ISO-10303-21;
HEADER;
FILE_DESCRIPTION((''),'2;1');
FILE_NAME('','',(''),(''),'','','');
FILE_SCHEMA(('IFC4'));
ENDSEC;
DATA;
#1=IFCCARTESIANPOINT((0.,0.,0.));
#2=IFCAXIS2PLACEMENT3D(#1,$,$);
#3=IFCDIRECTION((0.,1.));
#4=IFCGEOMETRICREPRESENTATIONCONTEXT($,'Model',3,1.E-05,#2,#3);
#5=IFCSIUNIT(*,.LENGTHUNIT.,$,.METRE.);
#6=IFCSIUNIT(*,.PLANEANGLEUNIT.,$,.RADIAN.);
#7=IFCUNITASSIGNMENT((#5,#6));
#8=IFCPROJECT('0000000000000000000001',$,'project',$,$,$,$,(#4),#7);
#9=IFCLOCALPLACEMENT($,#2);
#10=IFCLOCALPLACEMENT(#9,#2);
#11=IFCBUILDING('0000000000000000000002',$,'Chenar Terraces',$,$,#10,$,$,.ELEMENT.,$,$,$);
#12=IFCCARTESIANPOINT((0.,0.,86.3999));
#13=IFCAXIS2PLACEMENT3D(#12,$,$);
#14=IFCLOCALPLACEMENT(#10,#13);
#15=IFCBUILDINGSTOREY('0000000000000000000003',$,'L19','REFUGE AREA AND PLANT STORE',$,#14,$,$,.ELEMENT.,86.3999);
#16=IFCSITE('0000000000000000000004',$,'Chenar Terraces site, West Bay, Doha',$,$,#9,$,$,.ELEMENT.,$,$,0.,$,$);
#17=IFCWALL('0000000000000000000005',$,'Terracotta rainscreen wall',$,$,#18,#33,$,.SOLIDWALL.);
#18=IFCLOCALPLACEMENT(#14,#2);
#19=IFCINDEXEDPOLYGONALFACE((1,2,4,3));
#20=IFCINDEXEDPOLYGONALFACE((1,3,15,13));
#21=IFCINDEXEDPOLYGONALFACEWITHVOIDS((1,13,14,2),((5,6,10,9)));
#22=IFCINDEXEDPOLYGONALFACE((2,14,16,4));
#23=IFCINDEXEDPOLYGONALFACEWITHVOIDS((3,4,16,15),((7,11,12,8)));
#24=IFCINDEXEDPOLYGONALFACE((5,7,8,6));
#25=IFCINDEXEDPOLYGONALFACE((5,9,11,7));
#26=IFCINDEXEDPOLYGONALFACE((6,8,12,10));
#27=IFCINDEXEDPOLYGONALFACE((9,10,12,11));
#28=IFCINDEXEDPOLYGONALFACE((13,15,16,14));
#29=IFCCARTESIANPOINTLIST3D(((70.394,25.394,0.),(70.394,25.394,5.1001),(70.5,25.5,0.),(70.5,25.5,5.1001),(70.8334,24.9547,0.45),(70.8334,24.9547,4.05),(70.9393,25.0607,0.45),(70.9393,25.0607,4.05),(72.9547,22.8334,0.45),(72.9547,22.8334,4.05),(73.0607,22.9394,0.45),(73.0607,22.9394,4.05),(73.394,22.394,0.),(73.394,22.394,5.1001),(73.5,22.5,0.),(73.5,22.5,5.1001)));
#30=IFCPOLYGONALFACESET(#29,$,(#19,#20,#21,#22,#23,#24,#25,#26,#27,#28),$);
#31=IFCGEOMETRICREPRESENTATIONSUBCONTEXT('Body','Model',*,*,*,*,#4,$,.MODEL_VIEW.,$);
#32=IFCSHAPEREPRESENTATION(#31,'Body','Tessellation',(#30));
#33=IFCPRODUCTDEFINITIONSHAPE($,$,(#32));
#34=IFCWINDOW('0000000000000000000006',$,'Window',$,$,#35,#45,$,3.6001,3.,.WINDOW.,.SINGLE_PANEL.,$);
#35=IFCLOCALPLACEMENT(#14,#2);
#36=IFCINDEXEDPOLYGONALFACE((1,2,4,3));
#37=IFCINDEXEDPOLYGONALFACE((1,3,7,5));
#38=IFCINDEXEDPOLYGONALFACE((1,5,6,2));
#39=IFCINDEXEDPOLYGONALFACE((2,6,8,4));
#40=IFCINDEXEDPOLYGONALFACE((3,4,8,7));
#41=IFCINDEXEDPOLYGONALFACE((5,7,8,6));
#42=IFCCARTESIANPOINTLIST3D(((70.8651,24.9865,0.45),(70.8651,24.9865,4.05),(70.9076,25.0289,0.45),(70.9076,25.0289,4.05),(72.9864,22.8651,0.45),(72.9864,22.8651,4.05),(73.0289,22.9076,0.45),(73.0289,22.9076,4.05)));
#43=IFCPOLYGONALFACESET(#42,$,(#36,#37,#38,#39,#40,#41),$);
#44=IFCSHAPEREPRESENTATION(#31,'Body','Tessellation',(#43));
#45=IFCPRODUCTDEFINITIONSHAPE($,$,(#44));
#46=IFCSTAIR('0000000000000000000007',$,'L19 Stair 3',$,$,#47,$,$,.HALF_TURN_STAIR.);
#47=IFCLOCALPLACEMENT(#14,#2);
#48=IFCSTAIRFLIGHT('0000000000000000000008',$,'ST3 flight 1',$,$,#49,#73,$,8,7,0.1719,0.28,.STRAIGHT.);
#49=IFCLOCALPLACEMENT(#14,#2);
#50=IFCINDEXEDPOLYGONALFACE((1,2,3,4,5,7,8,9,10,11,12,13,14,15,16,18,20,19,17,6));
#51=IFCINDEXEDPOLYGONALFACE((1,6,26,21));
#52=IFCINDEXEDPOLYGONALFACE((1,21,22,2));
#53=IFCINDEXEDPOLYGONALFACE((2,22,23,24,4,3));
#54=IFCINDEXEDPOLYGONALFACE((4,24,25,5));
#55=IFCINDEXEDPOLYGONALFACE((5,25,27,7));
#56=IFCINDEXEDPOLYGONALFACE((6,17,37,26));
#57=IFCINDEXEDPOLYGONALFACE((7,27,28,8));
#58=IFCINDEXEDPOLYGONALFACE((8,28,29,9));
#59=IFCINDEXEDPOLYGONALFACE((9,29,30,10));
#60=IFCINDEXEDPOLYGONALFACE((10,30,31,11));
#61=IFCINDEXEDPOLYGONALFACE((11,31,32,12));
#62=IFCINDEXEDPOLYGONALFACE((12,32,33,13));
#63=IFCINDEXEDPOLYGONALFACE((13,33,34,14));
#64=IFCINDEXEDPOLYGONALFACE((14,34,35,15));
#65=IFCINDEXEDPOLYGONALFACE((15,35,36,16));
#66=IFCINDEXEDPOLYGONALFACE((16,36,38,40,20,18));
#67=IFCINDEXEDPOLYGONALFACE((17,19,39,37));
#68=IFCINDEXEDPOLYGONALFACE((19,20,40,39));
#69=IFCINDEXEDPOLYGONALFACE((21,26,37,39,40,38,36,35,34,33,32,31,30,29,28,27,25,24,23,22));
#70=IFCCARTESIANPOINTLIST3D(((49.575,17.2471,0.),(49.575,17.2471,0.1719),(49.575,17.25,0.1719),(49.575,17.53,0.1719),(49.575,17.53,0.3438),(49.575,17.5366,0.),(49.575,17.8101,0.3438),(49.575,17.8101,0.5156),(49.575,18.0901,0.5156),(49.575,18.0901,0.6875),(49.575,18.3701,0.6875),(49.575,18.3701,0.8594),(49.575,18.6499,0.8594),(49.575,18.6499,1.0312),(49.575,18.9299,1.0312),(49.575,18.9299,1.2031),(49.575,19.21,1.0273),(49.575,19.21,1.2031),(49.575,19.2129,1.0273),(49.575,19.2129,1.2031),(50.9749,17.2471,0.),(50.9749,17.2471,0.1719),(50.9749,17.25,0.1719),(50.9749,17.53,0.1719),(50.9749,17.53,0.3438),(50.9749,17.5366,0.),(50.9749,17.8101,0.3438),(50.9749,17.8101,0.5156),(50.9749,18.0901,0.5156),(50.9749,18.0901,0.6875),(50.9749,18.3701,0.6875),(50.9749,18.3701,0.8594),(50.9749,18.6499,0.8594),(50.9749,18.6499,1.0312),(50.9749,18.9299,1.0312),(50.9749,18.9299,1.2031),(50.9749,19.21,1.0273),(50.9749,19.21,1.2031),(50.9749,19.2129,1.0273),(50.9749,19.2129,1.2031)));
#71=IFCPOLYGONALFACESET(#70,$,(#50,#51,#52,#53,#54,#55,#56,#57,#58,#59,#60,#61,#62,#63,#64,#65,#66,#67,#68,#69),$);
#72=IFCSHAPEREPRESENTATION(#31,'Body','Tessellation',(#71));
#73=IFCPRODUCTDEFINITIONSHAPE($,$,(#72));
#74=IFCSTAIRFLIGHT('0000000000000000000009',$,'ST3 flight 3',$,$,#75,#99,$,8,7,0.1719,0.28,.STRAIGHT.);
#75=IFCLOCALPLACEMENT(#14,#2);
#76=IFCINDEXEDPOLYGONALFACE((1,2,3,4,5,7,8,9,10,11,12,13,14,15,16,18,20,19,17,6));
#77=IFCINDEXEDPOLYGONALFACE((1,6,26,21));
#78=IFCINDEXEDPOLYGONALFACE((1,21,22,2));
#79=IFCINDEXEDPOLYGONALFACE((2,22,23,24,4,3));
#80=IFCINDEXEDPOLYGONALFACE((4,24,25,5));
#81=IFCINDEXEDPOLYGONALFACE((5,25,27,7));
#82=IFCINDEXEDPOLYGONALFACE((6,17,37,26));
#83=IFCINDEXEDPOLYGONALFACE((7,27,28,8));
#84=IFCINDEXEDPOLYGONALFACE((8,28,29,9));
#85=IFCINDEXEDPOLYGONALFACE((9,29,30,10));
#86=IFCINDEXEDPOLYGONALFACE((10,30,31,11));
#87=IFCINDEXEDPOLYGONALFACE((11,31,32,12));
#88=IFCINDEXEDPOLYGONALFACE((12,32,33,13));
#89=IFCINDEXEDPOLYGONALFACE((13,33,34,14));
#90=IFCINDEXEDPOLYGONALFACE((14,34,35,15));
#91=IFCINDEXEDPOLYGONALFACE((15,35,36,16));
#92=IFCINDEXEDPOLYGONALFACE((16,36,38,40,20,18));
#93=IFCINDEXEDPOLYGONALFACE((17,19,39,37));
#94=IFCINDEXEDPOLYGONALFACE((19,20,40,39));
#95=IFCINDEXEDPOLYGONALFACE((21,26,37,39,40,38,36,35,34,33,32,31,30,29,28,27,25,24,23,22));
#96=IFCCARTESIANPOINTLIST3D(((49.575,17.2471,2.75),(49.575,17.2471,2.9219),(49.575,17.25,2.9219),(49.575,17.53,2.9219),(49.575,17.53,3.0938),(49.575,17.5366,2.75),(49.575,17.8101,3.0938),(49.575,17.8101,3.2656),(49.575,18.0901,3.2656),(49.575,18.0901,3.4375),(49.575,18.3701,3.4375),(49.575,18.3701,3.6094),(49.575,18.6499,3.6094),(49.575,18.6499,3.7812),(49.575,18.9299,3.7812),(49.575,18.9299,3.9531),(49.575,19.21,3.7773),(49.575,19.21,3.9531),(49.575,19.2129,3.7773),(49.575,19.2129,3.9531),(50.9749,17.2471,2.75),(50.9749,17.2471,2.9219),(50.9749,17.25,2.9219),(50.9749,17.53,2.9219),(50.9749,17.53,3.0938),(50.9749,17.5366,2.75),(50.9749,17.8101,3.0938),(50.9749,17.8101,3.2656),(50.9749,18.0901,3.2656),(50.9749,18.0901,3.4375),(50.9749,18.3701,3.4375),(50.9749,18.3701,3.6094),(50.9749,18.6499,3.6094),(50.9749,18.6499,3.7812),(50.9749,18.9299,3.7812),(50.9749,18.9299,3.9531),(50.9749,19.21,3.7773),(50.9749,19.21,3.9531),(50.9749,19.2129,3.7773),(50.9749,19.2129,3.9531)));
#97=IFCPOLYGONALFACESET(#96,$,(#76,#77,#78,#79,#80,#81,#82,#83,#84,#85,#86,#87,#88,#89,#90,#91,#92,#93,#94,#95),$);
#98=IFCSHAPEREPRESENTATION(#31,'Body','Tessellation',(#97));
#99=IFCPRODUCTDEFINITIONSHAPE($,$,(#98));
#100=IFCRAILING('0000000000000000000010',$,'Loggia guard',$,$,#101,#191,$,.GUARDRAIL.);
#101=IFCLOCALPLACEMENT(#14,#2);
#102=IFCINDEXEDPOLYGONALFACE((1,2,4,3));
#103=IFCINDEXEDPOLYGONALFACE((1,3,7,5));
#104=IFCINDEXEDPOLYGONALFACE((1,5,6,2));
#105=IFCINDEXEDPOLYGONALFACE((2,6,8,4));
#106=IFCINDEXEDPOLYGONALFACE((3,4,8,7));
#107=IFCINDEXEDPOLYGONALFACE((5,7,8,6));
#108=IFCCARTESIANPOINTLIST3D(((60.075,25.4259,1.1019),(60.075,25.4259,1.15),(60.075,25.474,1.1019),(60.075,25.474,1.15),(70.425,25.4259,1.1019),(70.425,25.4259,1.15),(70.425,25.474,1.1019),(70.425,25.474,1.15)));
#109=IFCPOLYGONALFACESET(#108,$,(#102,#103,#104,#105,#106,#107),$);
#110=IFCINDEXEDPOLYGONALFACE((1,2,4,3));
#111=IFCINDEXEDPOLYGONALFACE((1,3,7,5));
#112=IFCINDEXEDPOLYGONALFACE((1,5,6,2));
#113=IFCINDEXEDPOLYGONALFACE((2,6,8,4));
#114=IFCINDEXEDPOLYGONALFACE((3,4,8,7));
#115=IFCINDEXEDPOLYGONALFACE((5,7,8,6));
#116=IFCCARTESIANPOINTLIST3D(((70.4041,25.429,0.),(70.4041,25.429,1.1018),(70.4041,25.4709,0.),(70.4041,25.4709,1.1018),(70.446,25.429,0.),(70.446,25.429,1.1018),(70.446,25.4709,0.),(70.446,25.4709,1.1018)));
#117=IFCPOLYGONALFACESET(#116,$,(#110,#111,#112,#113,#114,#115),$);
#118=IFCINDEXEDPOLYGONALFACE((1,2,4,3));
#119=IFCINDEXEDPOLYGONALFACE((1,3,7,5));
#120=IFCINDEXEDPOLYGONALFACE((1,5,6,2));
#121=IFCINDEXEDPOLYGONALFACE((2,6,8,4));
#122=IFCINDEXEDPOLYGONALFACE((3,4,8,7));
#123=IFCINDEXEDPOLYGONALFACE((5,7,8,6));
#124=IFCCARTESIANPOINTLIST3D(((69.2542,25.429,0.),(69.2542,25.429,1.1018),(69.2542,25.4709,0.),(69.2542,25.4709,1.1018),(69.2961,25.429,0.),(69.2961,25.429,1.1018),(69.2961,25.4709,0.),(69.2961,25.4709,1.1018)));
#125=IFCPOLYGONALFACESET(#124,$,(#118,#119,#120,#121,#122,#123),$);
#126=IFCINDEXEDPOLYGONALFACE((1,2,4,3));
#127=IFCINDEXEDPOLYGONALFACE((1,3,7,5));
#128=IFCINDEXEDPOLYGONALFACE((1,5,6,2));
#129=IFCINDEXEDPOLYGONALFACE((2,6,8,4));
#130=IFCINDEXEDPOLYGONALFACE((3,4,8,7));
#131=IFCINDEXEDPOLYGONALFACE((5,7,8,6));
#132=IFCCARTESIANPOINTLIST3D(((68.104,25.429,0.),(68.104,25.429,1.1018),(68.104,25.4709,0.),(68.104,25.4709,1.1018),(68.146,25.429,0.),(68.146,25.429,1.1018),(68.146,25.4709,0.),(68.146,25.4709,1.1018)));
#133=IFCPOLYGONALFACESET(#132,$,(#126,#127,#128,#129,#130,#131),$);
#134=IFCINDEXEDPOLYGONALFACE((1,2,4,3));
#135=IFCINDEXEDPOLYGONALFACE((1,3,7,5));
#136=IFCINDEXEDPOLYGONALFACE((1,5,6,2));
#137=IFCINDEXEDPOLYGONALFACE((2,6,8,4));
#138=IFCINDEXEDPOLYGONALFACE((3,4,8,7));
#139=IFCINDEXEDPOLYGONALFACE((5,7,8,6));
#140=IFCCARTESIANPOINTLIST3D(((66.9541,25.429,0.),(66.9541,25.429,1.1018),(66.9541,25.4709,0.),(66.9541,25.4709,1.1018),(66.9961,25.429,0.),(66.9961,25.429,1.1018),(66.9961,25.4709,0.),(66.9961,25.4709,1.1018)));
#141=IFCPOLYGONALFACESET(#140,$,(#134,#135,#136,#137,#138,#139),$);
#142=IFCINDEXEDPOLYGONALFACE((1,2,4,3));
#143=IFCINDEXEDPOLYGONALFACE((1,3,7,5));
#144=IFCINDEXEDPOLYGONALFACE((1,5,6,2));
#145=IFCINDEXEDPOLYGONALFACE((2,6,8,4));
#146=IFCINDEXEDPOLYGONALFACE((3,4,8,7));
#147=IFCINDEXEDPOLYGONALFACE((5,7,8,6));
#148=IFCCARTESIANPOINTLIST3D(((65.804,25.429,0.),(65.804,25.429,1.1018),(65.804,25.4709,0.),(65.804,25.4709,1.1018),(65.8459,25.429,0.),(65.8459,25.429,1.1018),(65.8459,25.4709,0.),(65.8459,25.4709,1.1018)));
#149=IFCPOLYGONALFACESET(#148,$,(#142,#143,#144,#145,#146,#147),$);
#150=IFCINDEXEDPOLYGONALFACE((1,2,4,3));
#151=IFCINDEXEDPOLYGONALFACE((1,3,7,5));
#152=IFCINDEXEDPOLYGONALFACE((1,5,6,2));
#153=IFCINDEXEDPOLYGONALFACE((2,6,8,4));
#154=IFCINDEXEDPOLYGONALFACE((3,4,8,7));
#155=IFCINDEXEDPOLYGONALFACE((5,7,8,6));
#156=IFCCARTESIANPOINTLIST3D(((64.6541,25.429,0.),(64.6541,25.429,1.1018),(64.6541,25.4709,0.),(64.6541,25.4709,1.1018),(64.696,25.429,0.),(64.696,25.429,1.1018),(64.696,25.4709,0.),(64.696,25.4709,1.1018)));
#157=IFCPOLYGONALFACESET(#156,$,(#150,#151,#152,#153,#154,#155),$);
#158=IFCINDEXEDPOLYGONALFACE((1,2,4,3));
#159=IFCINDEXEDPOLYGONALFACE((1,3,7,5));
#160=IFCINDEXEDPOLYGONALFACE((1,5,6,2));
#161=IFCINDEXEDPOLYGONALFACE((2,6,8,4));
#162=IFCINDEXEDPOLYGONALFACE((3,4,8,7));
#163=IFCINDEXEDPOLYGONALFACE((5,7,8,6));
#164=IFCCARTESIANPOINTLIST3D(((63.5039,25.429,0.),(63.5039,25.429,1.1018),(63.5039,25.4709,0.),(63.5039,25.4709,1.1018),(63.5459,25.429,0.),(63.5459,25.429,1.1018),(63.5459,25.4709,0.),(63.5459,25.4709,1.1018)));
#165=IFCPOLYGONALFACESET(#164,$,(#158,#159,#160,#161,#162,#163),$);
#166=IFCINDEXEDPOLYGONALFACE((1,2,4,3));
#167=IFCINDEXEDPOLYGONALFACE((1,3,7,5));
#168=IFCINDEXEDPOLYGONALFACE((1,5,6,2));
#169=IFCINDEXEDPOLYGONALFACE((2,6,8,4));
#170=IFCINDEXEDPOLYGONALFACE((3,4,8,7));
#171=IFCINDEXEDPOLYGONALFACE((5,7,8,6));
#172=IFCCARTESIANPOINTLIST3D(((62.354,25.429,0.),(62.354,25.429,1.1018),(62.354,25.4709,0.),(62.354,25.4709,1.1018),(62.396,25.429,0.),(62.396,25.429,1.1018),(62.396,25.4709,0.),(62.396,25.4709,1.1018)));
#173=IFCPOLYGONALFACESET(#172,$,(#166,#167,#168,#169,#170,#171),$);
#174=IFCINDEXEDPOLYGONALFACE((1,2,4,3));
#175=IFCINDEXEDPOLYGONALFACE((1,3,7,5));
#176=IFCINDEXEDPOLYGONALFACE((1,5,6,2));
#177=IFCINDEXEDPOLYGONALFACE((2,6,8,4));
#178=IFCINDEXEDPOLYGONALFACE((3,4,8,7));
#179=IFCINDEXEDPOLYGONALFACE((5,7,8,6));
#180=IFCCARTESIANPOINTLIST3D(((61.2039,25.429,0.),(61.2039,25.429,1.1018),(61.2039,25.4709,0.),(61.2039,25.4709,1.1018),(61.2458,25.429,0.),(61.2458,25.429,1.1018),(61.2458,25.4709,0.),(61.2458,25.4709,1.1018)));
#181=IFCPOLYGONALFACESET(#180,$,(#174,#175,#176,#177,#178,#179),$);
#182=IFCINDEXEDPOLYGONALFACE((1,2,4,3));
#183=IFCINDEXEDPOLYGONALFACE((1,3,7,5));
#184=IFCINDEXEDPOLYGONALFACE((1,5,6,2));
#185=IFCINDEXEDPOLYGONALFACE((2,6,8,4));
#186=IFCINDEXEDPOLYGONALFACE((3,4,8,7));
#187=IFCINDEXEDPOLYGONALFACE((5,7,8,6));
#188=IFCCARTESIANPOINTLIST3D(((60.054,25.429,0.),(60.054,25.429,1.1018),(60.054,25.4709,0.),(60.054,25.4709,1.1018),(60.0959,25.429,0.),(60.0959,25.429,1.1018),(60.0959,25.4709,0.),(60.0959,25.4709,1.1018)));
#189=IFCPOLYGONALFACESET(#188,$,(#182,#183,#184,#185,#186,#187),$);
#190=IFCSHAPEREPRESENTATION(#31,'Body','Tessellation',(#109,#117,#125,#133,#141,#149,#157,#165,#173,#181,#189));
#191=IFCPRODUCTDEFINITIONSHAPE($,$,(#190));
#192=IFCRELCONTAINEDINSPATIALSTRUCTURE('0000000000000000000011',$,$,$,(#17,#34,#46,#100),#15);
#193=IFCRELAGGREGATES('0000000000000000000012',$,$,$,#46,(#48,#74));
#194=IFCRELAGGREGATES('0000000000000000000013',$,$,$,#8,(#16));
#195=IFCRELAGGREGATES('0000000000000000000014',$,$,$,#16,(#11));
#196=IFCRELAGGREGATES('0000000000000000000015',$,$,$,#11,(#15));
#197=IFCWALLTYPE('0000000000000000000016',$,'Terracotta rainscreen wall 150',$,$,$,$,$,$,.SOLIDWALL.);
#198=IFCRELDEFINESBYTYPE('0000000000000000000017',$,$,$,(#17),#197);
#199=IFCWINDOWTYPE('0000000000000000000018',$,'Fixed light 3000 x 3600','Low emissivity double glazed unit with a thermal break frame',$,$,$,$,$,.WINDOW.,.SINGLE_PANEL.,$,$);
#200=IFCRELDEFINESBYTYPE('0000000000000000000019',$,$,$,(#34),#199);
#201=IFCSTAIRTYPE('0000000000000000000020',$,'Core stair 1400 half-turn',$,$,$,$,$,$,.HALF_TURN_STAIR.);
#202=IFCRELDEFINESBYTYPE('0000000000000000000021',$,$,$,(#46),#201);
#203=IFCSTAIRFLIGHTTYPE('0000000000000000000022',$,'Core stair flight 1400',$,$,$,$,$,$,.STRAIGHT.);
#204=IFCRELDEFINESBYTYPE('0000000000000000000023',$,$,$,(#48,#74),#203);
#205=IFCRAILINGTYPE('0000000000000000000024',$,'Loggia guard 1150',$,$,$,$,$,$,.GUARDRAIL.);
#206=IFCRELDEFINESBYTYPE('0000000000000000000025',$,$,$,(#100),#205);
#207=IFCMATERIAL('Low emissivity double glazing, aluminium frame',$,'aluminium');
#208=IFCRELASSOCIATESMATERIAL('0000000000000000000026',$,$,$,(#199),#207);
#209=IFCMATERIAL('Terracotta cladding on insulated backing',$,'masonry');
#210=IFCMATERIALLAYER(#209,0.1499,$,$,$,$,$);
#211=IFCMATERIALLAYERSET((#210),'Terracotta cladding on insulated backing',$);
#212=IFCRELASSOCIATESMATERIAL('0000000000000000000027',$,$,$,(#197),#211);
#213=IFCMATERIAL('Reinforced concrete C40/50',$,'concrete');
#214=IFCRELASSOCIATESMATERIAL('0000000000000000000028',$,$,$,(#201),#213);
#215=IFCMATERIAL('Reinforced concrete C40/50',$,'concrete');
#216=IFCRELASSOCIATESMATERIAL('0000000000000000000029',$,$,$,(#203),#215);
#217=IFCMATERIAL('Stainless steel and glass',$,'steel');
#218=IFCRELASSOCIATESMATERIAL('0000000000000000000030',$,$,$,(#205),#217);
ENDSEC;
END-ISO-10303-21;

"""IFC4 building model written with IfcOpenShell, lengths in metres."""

from ifc_helpers import new_model, si_unit, direction, frame, frame_2d, origin, origin_2d, place, context, subcontext, project, spatial, polyline, rectangle, outline, extrude, material, layer, layer_set, type_object, element, fill, aggregate, save


model = new_model("IFC4")

# Units and contexts
model_context = context("Model", 3, precision=1e-05, world=origin(), true_north=direction((0.0, 1.0)))
body_context = subcontext(model_context, "Body", "Model", "MODEL_VIEW")
ifc_project = project(units=[si_unit("LENGTHUNIT", "METRE"), si_unit("PLANEANGLEUNIT", "RADIAN")], contexts=[model_context])

# Site, building, storey
site_placement = place(None, origin())
site = spatial("IfcSite", under=ifc_project, at=site_placement, Name="Chenar Terraces site, West Bay, Doha", CompositionType="ELEMENT", RefElevation=0.0)
building_placement = place(site_placement, origin())
building = spatial("IfcBuilding", under=site, at=building_placement, Name="Chenar Terraces", CompositionType="ELEMENT")
storey_placement = place(building_placement, frame((0.0, 0.0, 86.3999)))
storey = spatial("IfcBuildingStorey", under=building, at=storey_placement, Name="L19", Description="REFUGE AREA AND PLANT STORE", CompositionType="ELEMENT", Elevation=86.3999)

# Shared definitions
ifc_material_1 = material(Name="Low emissivity double glazing, aluminium frame", Category="aluminium")
window_type_1 = type_object("IfcWindowType", Name="Fixed light 3000 x 3600", Description="Low emissivity double glazed unit with a thermal break frame", PartitioningType="SINGLE_PANEL", PredefinedType="WINDOW", material=ifc_material_1)

# Wall, opening, window
ifc_material_2 = material(Name="Terracotta cladding on insulated backing", Category="masonry")
ifc_layer_1 = layer(ifc_material_2, 0.1499)
ifc_layer_set_1 = layer_set([ifc_layer_1], Name="Terracotta cladding on insulated backing")
wall_type_1 = type_object("IfcWallType", Name="Terracotta rainscreen wall 150", PredefinedType="SOLIDWALL", material=ifc_layer_set_1)
wall_1_placement = place(storey_placement, frame((73.447, 22.447, 0.0), z_axis=(0.0, 0.0, 1.0), x_axis=(-0.707107, 0.707107, 0.0)))
wall_1 = element("IfcWall", 1, at=wall_1_placement, inside=storey, type_object=wall_type_1, Name="Terracotta rainscreen wall", PredefinedType="SOLIDWALL", context=body_context, shape_type="SweptSolid", body=[
    extrude(rectangle(XDim=4.2427, YDim=0.1499, at=frame_2d((2.1213, 0.0))), origin(), (0.0, 0.0, 1.0), 5.1001),
])
opening_1_placement = place(wall_1_placement, frame((0.6213, 0.0, 0.45)))
opening_1 = element("IfcOpeningElement", 2, at=opening_1_placement, cuts=wall_1, PredefinedType="OPENING", context=body_context, shape_type="SweptSolid", body=[
    extrude(rectangle(XDim=3.0, YDim=3.6001, at=frame_2d((1.5, 1.8))), frame((0.0, 0.085, 0.0), z_axis=(0.0, -1.0, 0.0), x_axis=(1.0, 0.0, 0.0)), (0.0, 0.0, 1.0), 0.1699),
])
window_1_placement = place(opening_1_placement, origin())
window_1 = element("IfcWindow", 3, at=window_1_placement, inside=storey, type_object=window_type_1, Name="Window", OverallHeight=3.6001, OverallWidth=3.0, PartitioningType="SINGLE_PANEL", PredefinedType="WINDOW", context=body_context, shape_type="SweptSolid", body=[
    extrude(rectangle(XDim=3.0, YDim=3.6001, at=frame_2d((1.5, 1.8))), frame((0.0, 0.03, 0.0), z_axis=(0.0, -1.0, 0.0), x_axis=(1.0, 0.0, 0.0)), (0.0, 0.0, 1.0), 0.0601),
])
fill(opening_1, window_1)

# Stair, stair flights
ifc_material_3 = material(Name="Reinforced concrete C40/50", Category="concrete")
stair_type = type_object("IfcStairType", Name="Core stair 1400 half-turn", PredefinedType="HALF_TURN_STAIR", material=ifc_material_3)
stair_placement = place(storey_placement, origin())
stair = element("IfcStair", 4, at=stair_placement, inside=storey, type_object=stair_type, Name="L19 Stair 3", PredefinedType="HALF_TURN_STAIR")
ifc_material_4 = material(Name="Reinforced concrete C40/50", Category="concrete")
stair_flight_type = type_object("IfcStairFlightType", Name="Core stair flight 1400", PredefinedType="STRAIGHT", material=ifc_material_4)
stair_flight_1_placement = place(storey_placement, frame((50.2749, 17.25, 0.0), z_axis=(0.0, 0.0, 1.0), x_axis=(0.0, 1.0, 0.0)))
stair_flight_1 = element("IfcStairFlight", 5, at=stair_flight_1_placement, type_object=stair_flight_type, Name="ST3 flight 1", NumberOfRisers=8, NumberOfTreads=7, PredefinedType="STRAIGHT", RiserHeight=0.1719, TreadLength=0.28, context=body_context, shape_type="SweptSolid", body=[
    extrude(outline(polyline([(-0.0029, 0.0), (-0.0029, 0.1719), (0.0, 0.1719), (0.28, 0.1719), (0.28, 0.3438), (0.5601, 0.3438), (0.5601, 0.5156), (0.8401, 0.5156), (0.8401, 0.6875), (1.1201, 0.6875), (1.1201, 0.8594), (1.3999, 0.8594), (1.3999, 1.0312), (1.6799, 1.0312), (1.6799, 1.2031), (1.96, 1.2031), (1.9629, 1.2031), (1.9629, 1.0273), (1.96, 1.0273), (0.2866, 0.0), (-0.0029, 0.0)])), frame((0.0, 0.7, 0.0), z_axis=(0.0, -1.0, 0.0), x_axis=(1.0, 0.0, 0.0)), (0.0, 0.0, 1.0), 1.3999),
])
stair_flight_2_placement = place(storey_placement, frame((50.2749, 17.25, 2.75), z_axis=(0.0, 0.0, 1.0), x_axis=(0.0, 1.0, 0.0)))
stair_flight_2 = element("IfcStairFlight", 6, at=stair_flight_2_placement, type_object=stair_flight_type, Name="ST3 flight 3", NumberOfRisers=8, NumberOfTreads=7, PredefinedType="STRAIGHT", RiserHeight=0.1719, TreadLength=0.28, context=body_context, shape_type="SweptSolid", body=[
    extrude(outline(polyline([(-0.0029, 0.0), (-0.0029, 0.1719), (0.0, 0.1719), (0.28, 0.1719), (0.28, 0.3438), (0.5601, 0.3438), (0.5601, 0.5156), (0.8401, 0.5156), (0.8401, 0.6875), (1.1201, 0.6875), (1.1201, 0.8594), (1.3999, 0.8594), (1.3999, 1.0312), (1.6799, 1.0312), (1.6799, 1.2031), (1.96, 1.2031), (1.9629, 1.2031), (1.9629, 1.0273), (1.96, 1.0273), (0.2866, 0.0), (-0.0029, 0.0)])), frame((0.0, 0.7, 0.0), z_axis=(0.0, -1.0, 0.0), x_axis=(1.0, 0.0, 0.0)), (0.0, 0.0, 1.0), 1.3999),
])
aggregate(stair, [stair_flight_1, stair_flight_2])

# Railing
ifc_material_5 = material(Name="Stainless steel and glass", Category="steel")
railing_type_1 = type_object("IfcRailingType", Name="Loggia guard 1150", PredefinedType="GUARDRAIL", material=ifc_material_5)
railing_1_placement = place(storey_placement, frame((70.425, 25.45, 0.0)))
element("IfcRailing", 7, at=railing_1_placement, inside=storey, type_object=railing_type_1, Name="Loggia guard", PredefinedType="GUARDRAIL", context=body_context, shape_type="SweptSolid", body=[
    extrude(rectangle(XDim=0.0481, YDim=0.0481, at=origin_2d()), frame((0.0, 0.0, 1.126), z_axis=(-1.0, 0.0, 0.0), x_axis=(0.0, -1.0, 0.0)), (0.0, 0.0, 1.0), 10.3501),
    extrude(rectangle(XDim=0.042, YDim=0.042, at=origin_2d()), origin(), (0.0, 0.0, 1.0), 1.1018),
    extrude(rectangle(XDim=0.042, YDim=0.042, at=origin_2d()), frame((-1.1499, 0.0, 0.0)), (0.0, 0.0, 1.0), 1.1018),
    extrude(rectangle(XDim=0.042, YDim=0.042, at=origin_2d()), frame((-2.3, 0.0, 0.0)), (0.0, 0.0, 1.0), 1.1018),
    extrude(rectangle(XDim=0.042, YDim=0.042, at=origin_2d()), frame((-3.45, 0.0, 0.0)), (0.0, 0.0, 1.0), 1.1018),
    extrude(rectangle(XDim=0.042, YDim=0.042, at=origin_2d()), frame((-4.6001, 0.0, 0.0)), (0.0, 0.0, 1.0), 1.1018),
    extrude(rectangle(XDim=0.042, YDim=0.042, at=origin_2d()), frame((-5.75, 0.0, 0.0)), (0.0, 0.0, 1.0), 1.1018),
    extrude(rectangle(XDim=0.042, YDim=0.042, at=origin_2d()), frame((-6.9001, 0.0, 0.0)), (0.0, 0.0, 1.0), 1.1018),
    extrude(rectangle(XDim=0.042, YDim=0.042, at=origin_2d()), frame((-8.05, 0.0, 0.0)), (0.0, 0.0, 1.0), 1.1018),
    extrude(rectangle(XDim=0.042, YDim=0.042, at=origin_2d()), frame((-9.2002, 0.0, 0.0)), (0.0, 0.0, 1.0), 1.1018),
    extrude(rectangle(XDim=0.042, YDim=0.042, at=origin_2d()), frame((-10.3501, 0.0, 0.0)), (0.0, 0.0, 1.0), 1.1018),
])

save(model, "model.ifc")
